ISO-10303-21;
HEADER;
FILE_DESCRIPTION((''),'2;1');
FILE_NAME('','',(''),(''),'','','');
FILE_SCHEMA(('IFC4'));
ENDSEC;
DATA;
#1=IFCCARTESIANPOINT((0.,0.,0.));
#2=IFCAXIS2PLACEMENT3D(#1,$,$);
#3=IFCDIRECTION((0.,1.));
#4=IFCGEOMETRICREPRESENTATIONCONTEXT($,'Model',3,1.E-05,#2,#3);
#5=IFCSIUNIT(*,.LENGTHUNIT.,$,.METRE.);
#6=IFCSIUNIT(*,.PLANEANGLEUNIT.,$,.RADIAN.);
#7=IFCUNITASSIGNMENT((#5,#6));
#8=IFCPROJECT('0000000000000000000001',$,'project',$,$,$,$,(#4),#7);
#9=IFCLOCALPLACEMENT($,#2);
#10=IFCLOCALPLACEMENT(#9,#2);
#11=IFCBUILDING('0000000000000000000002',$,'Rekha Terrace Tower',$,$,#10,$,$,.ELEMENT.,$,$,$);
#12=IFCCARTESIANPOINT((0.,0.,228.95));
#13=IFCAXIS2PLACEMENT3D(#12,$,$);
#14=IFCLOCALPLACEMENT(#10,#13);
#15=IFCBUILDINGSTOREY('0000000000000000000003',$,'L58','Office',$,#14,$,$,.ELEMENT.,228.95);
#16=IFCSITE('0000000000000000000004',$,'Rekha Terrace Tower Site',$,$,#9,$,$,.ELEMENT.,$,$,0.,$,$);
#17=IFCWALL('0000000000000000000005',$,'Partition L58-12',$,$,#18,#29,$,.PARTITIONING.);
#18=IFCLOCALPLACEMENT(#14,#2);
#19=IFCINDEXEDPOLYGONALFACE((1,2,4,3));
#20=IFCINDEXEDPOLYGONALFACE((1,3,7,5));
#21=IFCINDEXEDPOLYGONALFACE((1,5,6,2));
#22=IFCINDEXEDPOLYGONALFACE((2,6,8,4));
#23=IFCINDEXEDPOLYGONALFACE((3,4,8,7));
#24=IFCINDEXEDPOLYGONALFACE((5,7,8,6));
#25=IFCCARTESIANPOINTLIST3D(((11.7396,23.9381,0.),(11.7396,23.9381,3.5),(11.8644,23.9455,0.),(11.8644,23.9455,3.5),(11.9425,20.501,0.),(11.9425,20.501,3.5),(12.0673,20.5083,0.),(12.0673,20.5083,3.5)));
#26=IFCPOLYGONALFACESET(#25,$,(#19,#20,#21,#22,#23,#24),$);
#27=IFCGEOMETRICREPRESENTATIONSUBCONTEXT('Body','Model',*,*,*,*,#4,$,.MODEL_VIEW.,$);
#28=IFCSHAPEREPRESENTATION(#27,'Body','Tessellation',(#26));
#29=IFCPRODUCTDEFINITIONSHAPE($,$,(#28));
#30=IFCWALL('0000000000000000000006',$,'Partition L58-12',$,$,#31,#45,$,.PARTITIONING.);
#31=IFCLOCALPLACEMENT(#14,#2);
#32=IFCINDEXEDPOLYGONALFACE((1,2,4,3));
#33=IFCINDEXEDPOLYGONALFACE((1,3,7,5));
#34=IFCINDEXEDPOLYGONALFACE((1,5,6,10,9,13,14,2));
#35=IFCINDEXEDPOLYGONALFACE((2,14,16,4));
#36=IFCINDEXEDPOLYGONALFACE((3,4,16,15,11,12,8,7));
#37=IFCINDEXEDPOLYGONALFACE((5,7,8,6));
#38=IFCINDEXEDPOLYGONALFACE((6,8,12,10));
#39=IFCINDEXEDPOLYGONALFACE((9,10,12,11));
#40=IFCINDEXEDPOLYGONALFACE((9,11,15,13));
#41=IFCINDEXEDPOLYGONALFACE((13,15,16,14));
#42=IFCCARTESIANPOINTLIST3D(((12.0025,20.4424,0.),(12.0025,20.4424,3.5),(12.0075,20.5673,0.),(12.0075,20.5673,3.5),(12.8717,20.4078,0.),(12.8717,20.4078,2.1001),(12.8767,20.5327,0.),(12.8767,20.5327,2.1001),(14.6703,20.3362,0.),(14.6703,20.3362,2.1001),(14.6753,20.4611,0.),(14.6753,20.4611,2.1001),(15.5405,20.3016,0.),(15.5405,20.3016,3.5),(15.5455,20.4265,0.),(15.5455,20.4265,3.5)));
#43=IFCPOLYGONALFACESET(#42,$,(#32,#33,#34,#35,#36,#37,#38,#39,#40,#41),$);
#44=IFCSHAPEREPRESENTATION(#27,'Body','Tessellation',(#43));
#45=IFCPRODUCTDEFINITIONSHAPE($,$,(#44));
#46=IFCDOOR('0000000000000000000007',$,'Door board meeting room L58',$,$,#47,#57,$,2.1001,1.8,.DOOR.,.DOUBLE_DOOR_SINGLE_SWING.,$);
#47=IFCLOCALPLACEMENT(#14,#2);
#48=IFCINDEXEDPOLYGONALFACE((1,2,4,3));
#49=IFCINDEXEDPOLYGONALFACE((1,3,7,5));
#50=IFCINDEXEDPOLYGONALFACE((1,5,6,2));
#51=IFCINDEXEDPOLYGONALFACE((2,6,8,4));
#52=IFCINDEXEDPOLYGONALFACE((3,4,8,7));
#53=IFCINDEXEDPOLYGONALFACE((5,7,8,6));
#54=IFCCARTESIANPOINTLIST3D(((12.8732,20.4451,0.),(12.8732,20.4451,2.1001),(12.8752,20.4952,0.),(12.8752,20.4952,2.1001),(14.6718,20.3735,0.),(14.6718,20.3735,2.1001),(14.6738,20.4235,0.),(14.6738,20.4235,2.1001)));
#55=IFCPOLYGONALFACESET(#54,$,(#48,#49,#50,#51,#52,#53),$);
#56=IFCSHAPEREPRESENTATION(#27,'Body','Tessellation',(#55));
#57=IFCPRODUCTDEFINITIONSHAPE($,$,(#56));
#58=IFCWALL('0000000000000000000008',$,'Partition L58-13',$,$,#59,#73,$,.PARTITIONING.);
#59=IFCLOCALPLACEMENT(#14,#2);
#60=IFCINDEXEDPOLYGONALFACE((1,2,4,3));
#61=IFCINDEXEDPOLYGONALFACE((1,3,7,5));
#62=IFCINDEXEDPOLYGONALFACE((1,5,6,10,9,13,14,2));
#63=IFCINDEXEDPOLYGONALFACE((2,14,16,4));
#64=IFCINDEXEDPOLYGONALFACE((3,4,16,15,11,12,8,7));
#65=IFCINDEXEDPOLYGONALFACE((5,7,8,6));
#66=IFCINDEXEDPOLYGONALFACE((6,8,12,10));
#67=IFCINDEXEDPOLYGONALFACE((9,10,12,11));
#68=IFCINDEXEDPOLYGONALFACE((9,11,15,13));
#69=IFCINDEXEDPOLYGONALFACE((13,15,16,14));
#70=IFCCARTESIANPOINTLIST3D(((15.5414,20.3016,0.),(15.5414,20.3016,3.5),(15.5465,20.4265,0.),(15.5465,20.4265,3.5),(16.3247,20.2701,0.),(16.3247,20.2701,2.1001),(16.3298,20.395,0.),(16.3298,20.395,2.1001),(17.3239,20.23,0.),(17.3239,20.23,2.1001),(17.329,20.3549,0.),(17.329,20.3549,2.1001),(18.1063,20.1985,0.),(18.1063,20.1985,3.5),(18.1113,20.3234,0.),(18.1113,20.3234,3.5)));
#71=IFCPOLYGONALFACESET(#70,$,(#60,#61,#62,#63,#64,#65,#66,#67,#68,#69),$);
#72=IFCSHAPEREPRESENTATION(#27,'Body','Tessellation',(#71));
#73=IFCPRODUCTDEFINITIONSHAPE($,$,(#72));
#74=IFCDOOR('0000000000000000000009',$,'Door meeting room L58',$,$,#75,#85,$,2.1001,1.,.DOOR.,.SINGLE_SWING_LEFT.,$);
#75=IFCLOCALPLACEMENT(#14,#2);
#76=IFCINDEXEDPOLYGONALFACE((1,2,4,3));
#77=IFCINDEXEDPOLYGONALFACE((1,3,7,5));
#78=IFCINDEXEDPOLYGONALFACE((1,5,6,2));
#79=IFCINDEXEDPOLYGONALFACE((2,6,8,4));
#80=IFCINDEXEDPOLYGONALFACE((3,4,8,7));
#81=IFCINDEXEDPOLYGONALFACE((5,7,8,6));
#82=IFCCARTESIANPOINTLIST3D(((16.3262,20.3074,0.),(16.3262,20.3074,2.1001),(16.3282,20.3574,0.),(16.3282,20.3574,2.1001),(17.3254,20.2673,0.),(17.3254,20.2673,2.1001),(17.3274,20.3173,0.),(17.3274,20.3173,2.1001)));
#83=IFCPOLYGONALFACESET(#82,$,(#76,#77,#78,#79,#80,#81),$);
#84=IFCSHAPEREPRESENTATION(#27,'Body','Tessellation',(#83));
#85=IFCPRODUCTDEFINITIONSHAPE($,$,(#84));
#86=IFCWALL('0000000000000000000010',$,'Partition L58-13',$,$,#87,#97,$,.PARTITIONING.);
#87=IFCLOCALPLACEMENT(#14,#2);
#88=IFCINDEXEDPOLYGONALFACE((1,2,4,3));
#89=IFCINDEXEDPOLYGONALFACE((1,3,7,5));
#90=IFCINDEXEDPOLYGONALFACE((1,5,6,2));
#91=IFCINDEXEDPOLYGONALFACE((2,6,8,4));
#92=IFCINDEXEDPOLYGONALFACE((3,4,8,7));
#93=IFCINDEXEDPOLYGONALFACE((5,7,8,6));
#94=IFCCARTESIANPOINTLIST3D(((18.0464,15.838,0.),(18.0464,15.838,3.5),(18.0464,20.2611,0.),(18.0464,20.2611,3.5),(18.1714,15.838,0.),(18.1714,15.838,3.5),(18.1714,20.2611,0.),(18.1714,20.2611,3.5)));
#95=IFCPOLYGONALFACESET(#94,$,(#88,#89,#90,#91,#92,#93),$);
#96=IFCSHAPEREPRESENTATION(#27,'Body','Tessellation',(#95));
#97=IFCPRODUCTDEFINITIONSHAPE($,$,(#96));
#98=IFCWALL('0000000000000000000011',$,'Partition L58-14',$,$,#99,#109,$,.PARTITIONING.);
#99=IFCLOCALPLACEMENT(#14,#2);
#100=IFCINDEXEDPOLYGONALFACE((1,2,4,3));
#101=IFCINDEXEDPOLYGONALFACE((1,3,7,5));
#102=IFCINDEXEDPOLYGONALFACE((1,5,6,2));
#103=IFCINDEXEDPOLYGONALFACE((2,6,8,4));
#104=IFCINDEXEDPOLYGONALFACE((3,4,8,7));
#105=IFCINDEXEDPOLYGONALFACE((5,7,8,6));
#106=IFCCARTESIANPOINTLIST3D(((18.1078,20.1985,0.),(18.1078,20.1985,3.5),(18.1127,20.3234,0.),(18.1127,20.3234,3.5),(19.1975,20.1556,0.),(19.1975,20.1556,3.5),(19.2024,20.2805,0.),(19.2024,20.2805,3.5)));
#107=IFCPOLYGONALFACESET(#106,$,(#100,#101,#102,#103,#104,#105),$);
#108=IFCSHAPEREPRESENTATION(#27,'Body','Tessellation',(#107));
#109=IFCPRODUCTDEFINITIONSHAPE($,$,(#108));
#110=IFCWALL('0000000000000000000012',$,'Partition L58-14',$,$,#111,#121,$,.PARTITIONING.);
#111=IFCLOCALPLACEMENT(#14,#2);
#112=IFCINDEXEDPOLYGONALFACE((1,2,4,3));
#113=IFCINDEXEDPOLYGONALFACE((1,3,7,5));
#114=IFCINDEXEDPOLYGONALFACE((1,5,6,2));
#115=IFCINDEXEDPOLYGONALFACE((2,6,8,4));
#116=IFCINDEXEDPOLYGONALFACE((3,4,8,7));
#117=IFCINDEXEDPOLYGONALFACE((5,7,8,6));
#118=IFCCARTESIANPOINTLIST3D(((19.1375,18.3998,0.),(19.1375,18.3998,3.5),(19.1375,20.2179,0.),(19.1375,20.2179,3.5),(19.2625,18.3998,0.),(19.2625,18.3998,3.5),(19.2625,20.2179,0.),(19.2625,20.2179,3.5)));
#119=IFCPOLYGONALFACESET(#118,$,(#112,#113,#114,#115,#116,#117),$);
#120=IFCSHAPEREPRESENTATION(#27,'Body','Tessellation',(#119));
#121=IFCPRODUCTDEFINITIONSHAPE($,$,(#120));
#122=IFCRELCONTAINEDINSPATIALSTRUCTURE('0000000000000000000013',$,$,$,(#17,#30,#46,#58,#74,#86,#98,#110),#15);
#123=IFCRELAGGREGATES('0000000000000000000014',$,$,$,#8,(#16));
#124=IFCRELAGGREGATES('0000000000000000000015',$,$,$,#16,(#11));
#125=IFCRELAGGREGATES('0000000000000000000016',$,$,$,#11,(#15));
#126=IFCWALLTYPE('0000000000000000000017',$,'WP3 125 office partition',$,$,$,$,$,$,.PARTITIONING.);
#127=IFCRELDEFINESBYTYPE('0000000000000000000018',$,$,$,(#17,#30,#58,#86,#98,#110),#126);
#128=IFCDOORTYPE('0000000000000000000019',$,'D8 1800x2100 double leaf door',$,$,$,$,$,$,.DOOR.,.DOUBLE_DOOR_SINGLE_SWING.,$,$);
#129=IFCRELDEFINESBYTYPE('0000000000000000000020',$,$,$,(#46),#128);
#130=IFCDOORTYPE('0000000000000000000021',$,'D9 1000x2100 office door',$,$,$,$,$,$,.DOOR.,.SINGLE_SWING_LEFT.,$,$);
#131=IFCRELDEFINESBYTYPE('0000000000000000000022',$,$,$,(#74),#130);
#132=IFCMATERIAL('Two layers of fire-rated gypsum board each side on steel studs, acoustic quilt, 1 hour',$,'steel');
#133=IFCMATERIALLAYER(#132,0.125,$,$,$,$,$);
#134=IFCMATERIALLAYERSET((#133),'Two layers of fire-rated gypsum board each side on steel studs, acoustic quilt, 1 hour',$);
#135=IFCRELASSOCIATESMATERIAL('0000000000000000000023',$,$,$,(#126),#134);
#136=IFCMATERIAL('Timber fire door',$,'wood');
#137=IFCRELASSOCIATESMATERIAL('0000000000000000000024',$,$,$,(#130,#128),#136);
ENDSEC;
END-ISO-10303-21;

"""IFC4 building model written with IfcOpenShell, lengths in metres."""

from ifc_helpers import new_model, si_unit, direction, frame, frame_2d, origin, place, context, subcontext, project, spatial, rectangle, extrude, material, layer, layer_set, type_object, element, fill, save


model = new_model("IFC4")

# Units and contexts
model_context = context("Model", 3, precision=1e-05, world=origin(), true_north=direction((0.0, 1.0)))
body_context = subcontext(model_context, "Body", "Model", "MODEL_VIEW")
ifc_project = project(units=[si_unit("LENGTHUNIT", "METRE"), si_unit("PLANEANGLEUNIT", "RADIAN")], contexts=[model_context])

# Site, building, storey
site_placement = place(None, origin())
site = spatial("IfcSite", under=ifc_project, at=site_placement, Name="Rekha Terrace Tower Site", CompositionType="ELEMENT", RefElevation=0.0)
building_placement = place(site_placement, origin())
building = spatial("IfcBuilding", under=site, at=building_placement, Name="Rekha Terrace Tower", CompositionType="ELEMENT")
storey_placement = place(building_placement, frame((0.0, 0.0, 228.95)))
storey = spatial("IfcBuildingStorey", under=building, at=storey_placement, Name="L58", Description="Office", CompositionType="ELEMENT", Elevation=228.95)

# Shared definitions
ifc_material_1 = material(Name="Two layers of fire-rated gypsum board each side on steel studs, acoustic quilt, 1 hour", Category="steel")
ifc_layer_1 = layer(ifc_material_1, 0.125)
ifc_layer_set_1 = layer_set([ifc_layer_1], Name="Two layers of fire-rated gypsum board each side on steel studs, acoustic quilt, 1 hour")
wall_type_1 = type_object("IfcWallType", Name="WP3 125 office partition", PredefinedType="PARTITIONING", material=ifc_layer_set_1)
ifc_material_2 = material(Name="Timber fire door", Category="wood")
door_type_1 = type_object("IfcDoorType", Name="D9 1000x2100 office door", OperationType="SINGLE_SWING_LEFT", PredefinedType="DOOR", material=ifc_material_2)

# Wall
wall_1_placement = place(storey_placement, frame((11.802, 23.9419, 0.0), z_axis=(0.0, 0.0, 1.0), x_axis=(0.058926, -0.998262, 0.0)))
element("IfcWall", 1, at=wall_1_placement, inside=storey, type_object=wall_type_1, Name="Partition L58-12", PredefinedType="PARTITIONING", context=body_context, shape_type="SweptSolid", body=[
    extrude(rectangle(XDim=3.4431, YDim=0.125, at=frame_2d((1.7217, 0.0))), origin(), (0.0, 0.0, 1.0), 3.5),
])

# Walls, openings, doors
wall_2_placement = place(storey_placement, frame((12.0049, 20.5049, 0.0), z_axis=(0.0, 0.0, 1.0), x_axis=(0.999208, -0.039784, 0.0)))
wall_2 = element("IfcWall", 2, at=wall_2_placement, inside=storey, type_object=wall_type_1, Name="Partition L58-12", PredefinedType="PARTITIONING", context=body_context, shape_type="SweptSolid", body=[
    extrude(rectangle(XDim=3.5408, YDim=0.125, at=frame_2d((1.7705, 0.0))), origin(), (0.0, 0.0, 1.0), 3.5),
])
opening_1_placement = place(wall_2_placement, frame((0.8701, 0.0, 0.0)))
opening_1 = element("IfcOpeningElement", 3, at=opening_1_placement, cuts=wall_2, PredefinedType="OPENING", context=body_context, shape_type="SweptSolid", body=[
    extrude(rectangle(XDim=1.8, YDim=2.1001, at=frame_2d((0.8999, 1.05))), frame((0.0, 0.0725, 0.0), z_axis=(0.0, -1.0, 0.0), x_axis=(1.0, 0.0, 0.0)), (0.0, 0.0, 1.0), 0.145),
])
door_type_2 = type_object("IfcDoorType", Name="D8 1800x2100 double leaf door", OperationType="DOUBLE_DOOR_SINGLE_SWING", PredefinedType="DOOR", material=ifc_material_2)
door_1_placement = place(opening_1_placement, origin())
door_1 = element("IfcDoor", 4, at=door_1_placement, inside=storey, type_object=door_type_2, Name="Door board meeting room L58", OperationType="DOUBLE_DOOR_SINGLE_SWING", OverallHeight=2.1001, OverallWidth=1.8, PredefinedType="DOOR", context=body_context, shape_type="SweptSolid", body=[
    extrude(rectangle(XDim=1.8, YDim=2.1001, at=frame_2d((0.8999, 1.05))), frame((0.0, 0.0249, 0.0), z_axis=(0.0, -1.0, 0.0), x_axis=(1.0, 0.0, 0.0)), (0.0, 0.0, 1.0), 0.05),
])
fill(opening_1, door_1)
wall_3_placement = place(storey_placement, frame((15.5439, 20.364, 0.0), z_axis=(0.0, 0.0, 1.0), x_axis=(0.999194, -0.040135, 0.0)))
wall_3 = element("IfcWall", 5, at=wall_3_placement, inside=storey, type_object=wall_type_1, Name="Partition L58-13", PredefinedType="PARTITIONING", context=body_context, shape_type="SweptSolid", body=[
    extrude(rectangle(XDim=2.5669, YDim=0.125, at=frame_2d((1.2834, 0.0))), origin(), (0.0, 0.0, 1.0), 3.5),
])
opening_2_placement = place(wall_3_placement, frame((0.7839, 0.0, 0.0)))
opening_2 = element("IfcOpeningElement", 6, at=opening_2_placement, cuts=wall_3, PredefinedType="OPENING", context=body_context, shape_type="SweptSolid", body=[
    extrude(rectangle(XDim=1.0, YDim=2.1001, at=frame_2d((0.5, 1.05))), frame((0.0, 0.0725, 0.0), z_axis=(0.0, -1.0, 0.0), x_axis=(1.0, 0.0, 0.0)), (0.0, 0.0, 1.0), 0.145),
])
door_2_placement = place(opening_2_placement, origin())
door_2 = element("IfcDoor", 7, at=door_2_placement, inside=storey, type_object=door_type_1, Name="Door meeting room L58", OperationType="SINGLE_SWING_LEFT", OverallHeight=2.1001, OverallWidth=1.0, PredefinedType="DOOR", context=body_context, shape_type="SweptSolid", body=[
    extrude(rectangle(XDim=1.0, YDim=2.1001, at=frame_2d((0.5, 1.05))), frame((0.0, 0.0249, 0.0), z_axis=(0.0, -1.0, 0.0), x_axis=(1.0, 0.0, 0.0)), (0.0, 0.0, 1.0), 0.05),
])
fill(opening_2, door_2)

# Walls
wall_4_placement = place(storey_placement, frame((18.1089, 20.261, 0.0), z_axis=(0.0, 0.0, 1.0), x_axis=(0.0, -1.0, 0.0)))
element("IfcWall", 8, at=wall_4_placement, inside=storey, type_object=wall_type_1, Name="Partition L58-13", PredefinedType="PARTITIONING", context=body_context, shape_type="SweptSolid", body=[
    extrude(rectangle(XDim=4.4231, YDim=0.125, at=frame_2d((2.2114, 0.0))), origin(), (0.0, 0.0, 1.0), 3.5),
])
wall_5_placement = place(storey_placement, frame((18.1101, 20.261, 0.0), z_axis=(0.0, 0.0, 1.0), x_axis=(0.999224, -0.039396, 0.0)))
element("IfcWall", 9, at=wall_5_placement, inside=storey, type_object=wall_type_1, Name="Partition L58-14", PredefinedType="PARTITIONING", context=body_context, shape_type="SweptSolid", body=[
    extrude(rectangle(XDim=1.0906, YDim=0.125, at=frame_2d((0.5454, 0.0))), origin(), (0.0, 0.0, 1.0), 3.5),
])
wall_6_placement = place(storey_placement, frame((19.2, 20.218, 0.0), z_axis=(0.0, 0.0, 1.0), x_axis=(0.0, -1.0, 0.0)))
element("IfcWall", 10, at=wall_6_placement, inside=storey, type_object=wall_type_1, Name="Partition L58-14", PredefinedType="PARTITIONING", context=body_context, shape_type="SweptSolid", body=[
    extrude(rectangle(XDim=1.8181, YDim=0.125, at=frame_2d((0.9092, 0.0))), origin(), (0.0, 0.0, 1.0), 3.5),
])

save(model, "model.ifc")
